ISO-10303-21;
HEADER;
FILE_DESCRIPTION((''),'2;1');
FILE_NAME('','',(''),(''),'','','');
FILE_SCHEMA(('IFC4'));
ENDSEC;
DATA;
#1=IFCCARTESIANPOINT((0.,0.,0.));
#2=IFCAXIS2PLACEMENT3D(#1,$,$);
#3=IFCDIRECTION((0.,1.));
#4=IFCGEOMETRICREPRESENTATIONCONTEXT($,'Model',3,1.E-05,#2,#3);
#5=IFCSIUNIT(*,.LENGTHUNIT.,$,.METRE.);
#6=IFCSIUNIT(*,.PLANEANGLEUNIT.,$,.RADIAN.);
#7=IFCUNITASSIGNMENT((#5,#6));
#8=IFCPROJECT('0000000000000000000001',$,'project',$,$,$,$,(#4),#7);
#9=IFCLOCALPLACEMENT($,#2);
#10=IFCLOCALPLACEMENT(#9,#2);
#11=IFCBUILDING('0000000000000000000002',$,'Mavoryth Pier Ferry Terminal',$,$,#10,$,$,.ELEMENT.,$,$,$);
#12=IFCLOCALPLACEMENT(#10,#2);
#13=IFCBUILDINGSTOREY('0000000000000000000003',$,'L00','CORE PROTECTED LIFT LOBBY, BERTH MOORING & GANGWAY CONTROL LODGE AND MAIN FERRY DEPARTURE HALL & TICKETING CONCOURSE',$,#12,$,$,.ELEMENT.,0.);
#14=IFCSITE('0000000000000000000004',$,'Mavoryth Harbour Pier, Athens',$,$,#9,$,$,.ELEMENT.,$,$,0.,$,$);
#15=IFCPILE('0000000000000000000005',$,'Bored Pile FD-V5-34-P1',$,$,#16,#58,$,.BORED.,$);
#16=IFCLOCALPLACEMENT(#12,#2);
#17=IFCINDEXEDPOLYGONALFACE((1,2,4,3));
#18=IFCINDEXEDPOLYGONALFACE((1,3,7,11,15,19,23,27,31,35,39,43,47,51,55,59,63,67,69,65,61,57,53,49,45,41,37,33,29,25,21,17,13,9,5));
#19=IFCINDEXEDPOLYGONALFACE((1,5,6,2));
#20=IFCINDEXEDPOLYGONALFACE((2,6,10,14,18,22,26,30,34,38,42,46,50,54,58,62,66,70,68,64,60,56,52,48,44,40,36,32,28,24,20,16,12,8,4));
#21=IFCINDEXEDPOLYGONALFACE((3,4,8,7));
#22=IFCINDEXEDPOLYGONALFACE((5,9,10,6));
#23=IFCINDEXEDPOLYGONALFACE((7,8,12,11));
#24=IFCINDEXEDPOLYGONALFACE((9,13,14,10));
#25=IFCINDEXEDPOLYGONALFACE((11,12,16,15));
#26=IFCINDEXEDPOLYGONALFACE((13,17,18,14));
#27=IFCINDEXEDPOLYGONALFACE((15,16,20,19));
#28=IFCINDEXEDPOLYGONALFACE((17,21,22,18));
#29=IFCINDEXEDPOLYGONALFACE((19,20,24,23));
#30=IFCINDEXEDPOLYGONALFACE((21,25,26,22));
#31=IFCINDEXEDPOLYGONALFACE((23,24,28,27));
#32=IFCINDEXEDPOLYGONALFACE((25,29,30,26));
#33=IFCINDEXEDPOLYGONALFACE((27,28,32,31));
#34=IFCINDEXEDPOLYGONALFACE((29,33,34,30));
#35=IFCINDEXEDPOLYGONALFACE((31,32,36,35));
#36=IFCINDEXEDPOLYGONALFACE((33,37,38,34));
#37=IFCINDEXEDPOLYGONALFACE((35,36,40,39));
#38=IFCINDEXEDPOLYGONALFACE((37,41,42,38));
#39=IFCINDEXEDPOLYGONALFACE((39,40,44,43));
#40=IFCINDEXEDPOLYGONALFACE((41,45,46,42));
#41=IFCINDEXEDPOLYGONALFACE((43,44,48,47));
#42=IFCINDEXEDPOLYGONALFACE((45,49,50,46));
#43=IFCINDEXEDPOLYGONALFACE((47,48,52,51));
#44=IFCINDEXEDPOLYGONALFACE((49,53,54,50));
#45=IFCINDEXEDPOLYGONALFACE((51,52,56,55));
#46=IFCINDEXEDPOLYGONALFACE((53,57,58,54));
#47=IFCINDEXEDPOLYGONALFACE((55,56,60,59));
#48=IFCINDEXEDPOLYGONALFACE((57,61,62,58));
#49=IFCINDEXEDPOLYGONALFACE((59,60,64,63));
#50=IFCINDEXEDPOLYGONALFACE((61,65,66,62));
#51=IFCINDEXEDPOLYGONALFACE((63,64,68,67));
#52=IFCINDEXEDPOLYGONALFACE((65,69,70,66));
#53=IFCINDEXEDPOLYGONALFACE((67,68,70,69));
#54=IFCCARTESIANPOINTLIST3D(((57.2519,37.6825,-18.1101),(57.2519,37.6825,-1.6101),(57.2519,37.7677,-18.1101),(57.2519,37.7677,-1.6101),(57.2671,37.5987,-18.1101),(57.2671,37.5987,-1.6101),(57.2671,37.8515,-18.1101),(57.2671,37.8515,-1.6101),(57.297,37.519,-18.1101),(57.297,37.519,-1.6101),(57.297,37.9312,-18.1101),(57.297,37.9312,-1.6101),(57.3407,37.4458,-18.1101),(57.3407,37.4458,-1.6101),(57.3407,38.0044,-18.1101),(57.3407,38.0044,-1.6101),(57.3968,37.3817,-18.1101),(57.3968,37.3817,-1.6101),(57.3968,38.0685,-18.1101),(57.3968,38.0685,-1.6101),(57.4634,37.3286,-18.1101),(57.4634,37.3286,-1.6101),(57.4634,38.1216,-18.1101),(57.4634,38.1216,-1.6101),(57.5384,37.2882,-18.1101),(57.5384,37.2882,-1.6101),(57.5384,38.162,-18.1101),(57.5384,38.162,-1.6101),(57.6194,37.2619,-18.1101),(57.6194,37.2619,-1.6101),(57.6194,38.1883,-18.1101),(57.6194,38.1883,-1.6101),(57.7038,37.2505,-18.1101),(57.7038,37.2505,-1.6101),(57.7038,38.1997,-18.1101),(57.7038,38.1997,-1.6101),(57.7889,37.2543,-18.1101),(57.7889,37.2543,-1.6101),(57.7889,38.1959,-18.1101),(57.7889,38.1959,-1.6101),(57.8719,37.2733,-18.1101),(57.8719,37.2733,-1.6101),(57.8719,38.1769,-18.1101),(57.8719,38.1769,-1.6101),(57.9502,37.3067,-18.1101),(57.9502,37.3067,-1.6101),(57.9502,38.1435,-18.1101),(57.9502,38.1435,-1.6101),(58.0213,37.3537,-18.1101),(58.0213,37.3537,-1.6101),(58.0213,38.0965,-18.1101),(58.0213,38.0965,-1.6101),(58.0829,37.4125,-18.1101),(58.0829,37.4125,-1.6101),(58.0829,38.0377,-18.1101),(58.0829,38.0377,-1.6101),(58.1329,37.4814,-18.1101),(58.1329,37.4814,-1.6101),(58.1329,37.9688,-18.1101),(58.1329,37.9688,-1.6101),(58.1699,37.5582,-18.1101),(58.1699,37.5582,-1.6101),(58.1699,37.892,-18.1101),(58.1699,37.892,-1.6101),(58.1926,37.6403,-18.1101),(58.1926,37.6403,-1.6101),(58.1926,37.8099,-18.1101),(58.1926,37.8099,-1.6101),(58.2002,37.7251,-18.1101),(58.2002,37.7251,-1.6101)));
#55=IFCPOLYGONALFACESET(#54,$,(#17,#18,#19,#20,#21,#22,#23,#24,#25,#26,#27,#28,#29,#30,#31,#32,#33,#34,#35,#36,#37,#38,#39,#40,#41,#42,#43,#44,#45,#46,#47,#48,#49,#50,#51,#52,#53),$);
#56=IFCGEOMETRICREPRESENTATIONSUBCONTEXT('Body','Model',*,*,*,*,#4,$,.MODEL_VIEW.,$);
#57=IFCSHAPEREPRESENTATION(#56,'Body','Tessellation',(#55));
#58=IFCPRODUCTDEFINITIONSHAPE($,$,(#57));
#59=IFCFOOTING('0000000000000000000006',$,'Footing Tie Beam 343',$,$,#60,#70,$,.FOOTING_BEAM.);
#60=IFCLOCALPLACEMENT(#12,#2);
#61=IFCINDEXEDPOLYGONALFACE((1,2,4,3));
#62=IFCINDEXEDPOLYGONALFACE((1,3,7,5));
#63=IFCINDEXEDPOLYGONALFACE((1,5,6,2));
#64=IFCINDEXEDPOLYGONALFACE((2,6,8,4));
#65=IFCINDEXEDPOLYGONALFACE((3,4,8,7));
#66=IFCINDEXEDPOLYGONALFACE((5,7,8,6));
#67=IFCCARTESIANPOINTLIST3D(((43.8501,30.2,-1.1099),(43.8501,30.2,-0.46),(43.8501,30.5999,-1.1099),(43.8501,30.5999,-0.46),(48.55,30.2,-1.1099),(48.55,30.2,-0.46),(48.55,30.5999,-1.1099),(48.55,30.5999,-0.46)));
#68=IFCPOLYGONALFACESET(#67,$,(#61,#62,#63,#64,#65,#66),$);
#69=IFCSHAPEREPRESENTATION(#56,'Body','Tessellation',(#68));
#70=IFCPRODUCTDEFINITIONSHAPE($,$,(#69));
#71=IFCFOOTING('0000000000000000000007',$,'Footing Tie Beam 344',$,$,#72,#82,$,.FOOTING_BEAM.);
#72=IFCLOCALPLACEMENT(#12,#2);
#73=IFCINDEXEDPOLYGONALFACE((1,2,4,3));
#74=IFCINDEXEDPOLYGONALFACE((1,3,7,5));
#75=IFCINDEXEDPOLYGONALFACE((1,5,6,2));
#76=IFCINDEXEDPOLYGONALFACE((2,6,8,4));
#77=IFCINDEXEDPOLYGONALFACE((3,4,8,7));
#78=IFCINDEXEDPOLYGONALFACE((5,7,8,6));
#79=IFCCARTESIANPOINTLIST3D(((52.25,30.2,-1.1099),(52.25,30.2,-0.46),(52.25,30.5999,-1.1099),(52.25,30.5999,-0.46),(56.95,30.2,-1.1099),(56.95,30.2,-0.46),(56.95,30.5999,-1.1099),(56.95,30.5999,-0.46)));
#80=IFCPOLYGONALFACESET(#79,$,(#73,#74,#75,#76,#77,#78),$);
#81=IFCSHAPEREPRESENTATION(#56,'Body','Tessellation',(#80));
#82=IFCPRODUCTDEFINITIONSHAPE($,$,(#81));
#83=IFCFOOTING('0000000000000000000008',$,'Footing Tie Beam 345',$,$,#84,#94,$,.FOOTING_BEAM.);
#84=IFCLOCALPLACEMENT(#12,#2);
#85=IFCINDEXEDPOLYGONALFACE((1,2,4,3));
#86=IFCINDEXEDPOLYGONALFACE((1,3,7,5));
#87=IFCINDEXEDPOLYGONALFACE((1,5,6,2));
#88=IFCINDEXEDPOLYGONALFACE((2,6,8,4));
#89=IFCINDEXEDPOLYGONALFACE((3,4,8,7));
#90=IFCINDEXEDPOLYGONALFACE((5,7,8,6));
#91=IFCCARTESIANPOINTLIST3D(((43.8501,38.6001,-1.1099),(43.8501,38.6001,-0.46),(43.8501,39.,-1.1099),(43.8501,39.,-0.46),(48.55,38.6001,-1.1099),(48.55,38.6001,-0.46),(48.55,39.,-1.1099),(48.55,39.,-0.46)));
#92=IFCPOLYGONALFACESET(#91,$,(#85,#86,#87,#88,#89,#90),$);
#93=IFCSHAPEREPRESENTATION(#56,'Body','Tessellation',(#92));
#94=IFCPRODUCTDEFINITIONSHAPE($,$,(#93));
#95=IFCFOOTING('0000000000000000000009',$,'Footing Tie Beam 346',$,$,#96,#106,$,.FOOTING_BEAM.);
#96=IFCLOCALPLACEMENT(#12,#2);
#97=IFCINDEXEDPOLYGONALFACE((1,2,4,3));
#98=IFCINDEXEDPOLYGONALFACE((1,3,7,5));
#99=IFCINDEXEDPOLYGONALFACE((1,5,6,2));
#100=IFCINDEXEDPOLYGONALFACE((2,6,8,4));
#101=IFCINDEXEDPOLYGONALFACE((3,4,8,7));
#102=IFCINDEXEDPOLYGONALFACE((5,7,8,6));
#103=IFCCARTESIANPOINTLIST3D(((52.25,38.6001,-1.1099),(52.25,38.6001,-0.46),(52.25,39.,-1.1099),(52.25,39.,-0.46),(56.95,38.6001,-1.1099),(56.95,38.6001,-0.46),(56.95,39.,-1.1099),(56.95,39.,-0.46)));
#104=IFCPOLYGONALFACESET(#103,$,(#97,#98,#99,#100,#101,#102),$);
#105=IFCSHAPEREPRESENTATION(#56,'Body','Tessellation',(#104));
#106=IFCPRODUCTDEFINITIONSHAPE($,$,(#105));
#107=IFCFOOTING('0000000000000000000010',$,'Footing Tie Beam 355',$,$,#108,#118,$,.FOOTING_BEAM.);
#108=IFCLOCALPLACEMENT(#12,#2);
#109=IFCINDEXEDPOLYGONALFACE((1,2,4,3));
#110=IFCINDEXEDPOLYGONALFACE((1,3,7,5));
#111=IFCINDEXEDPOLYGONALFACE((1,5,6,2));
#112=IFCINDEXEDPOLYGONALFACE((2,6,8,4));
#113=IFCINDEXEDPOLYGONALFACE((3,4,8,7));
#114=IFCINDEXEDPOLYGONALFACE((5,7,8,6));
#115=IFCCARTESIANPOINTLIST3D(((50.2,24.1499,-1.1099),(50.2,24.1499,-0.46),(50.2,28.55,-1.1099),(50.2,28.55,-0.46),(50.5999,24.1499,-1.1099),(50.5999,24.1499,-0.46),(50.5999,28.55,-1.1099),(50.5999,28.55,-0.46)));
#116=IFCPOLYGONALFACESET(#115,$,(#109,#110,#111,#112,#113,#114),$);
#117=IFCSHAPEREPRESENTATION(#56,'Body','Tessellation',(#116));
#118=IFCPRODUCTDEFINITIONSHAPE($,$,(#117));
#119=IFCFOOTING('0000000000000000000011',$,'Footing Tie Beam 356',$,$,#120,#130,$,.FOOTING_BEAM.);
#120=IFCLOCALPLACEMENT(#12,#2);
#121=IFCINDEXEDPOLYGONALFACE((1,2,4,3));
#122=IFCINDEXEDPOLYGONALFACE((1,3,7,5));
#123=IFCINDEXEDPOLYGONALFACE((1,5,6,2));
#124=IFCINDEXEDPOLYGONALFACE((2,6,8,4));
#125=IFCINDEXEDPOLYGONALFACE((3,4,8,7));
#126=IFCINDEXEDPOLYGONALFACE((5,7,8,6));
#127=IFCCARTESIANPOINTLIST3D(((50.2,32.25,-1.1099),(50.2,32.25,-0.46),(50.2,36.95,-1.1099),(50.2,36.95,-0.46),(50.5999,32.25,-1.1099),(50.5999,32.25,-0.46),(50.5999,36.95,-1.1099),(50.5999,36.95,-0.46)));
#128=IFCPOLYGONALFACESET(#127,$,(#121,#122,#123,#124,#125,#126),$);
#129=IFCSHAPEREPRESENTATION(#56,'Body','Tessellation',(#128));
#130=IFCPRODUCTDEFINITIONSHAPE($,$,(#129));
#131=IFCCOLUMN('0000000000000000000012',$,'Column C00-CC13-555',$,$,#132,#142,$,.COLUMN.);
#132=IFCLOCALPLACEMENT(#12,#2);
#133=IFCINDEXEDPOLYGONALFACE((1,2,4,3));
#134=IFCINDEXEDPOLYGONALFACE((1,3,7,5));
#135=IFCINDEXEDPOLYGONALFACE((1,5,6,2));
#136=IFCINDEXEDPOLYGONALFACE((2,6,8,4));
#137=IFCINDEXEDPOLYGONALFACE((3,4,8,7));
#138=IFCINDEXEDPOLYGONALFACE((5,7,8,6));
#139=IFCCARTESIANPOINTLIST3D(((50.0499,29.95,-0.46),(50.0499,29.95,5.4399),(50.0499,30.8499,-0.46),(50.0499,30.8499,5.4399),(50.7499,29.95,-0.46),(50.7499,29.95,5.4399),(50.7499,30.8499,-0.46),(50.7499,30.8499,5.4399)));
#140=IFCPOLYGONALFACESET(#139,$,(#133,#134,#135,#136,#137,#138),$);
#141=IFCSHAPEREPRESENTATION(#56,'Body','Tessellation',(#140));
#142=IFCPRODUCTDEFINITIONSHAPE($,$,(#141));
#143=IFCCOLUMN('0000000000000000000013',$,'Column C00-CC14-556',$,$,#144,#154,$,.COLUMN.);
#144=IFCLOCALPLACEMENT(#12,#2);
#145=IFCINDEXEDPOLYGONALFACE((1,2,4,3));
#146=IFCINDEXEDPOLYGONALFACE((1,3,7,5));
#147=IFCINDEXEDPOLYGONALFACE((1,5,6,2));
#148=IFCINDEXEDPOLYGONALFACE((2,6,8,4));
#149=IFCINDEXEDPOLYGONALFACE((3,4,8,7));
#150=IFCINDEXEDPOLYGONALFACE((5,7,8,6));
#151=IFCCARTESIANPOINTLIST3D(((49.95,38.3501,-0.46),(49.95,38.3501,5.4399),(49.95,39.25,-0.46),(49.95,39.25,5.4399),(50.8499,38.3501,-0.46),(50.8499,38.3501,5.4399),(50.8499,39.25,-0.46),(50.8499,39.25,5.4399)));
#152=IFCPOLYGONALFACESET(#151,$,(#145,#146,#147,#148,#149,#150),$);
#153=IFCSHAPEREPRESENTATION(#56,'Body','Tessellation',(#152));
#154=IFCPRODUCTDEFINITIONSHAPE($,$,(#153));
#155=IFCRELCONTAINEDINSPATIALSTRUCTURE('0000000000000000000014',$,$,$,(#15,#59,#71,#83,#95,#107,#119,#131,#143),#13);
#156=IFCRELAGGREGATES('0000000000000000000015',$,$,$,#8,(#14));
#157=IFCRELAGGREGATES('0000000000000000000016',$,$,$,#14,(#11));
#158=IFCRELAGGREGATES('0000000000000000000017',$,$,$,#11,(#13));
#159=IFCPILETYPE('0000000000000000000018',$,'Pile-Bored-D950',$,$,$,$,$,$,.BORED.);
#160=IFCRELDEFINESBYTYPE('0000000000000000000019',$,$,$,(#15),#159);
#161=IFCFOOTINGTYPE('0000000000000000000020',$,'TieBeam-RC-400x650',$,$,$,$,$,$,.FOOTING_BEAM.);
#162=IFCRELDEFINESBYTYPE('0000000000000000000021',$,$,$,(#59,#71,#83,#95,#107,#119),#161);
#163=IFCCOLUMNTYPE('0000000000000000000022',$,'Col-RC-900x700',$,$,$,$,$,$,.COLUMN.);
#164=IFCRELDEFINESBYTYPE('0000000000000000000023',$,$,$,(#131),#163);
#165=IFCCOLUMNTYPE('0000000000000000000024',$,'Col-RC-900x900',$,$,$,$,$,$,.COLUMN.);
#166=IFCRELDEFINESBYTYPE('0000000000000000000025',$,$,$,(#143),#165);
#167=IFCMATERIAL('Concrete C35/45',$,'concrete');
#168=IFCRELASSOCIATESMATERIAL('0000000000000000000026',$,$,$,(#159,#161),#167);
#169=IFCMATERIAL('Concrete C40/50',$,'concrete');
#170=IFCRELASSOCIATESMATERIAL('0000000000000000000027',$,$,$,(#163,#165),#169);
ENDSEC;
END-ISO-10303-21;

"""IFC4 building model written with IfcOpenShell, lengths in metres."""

from ifc_helpers import new_model, si_unit, direction, frame, origin, origin_2d, place, context, subcontext, project, spatial, rectangle, circle, extrude, material, material_profile, profile_set, type_object, element, save


model = new_model("IFC4")

# Units and contexts
model_context = context("Model", 3, precision=1e-05, world=origin(), true_north=direction((0.0, 1.0)))
body_context = subcontext(model_context, "Body", "Model", "MODEL_VIEW")
ifc_project = project(units=[si_unit("LENGTHUNIT", "METRE"), si_unit("PLANEANGLEUNIT", "RADIAN")], contexts=[model_context])

# Site, building, storey
site_placement = place(None, origin())
site = spatial("IfcSite", under=ifc_project, at=site_placement, Name="Mavoryth Harbour Pier, Athens", CompositionType="ELEMENT", RefElevation=0.0)
building_placement = place(site_placement, origin())
building = spatial("IfcBuilding", under=site, at=building_placement, Name="Mavoryth Pier Ferry Terminal", CompositionType="ELEMENT")
storey_placement = place(building_placement, origin())
storey = spatial("IfcBuildingStorey", under=building, at=storey_placement, Name="L00", Description="CORE PROTECTED LIFT LOBBY, BERTH MOORING & GANGWAY CONTROL LODGE AND MAIN FERRY DEPARTURE HALL & TICKETING CONCOURSE", CompositionType="ELEMENT", Elevation=0.0)

# Shared definitions
ifc_material_1 = material(Name="Concrete C35/45", Category="concrete")

# Pile
ifc_material_profile_1 = material_profile(ifc_material_1, circle(Radius=0.4751, at=origin_2d()), Name="PILE D950", Category="concrete")
ifc_profile_set_1 = profile_set([ifc_material_profile_1], Name="Concrete C35/45 - PILE D950")
pile_type_1 = type_object("IfcPileType", Name="Pile-Bored-D950", PredefinedType="BORED", material=ifc_profile_set_1)
for number, where, z_axis, x_axis, name in (
    (1, (57.7251, 37.7251, -1.6101), (0.0, 0.0, -1.0), (1.0, 0.0, 0.0), "Bored Pile FD-V5-34-P1"),
):
    element("IfcPile", number, at=place(storey_placement, frame(where, z_axis=z_axis, x_axis=x_axis)), inside=storey, type_object=pile_type_1, Name=name, PredefinedType="BORED", context=body_context, shape_type="SweptSolid", body=[
        extrude(circle(Radius=0.4751, at=origin_2d()), origin(), (0.0, 0.0, 1.0), 16.5),
    ])

# Footings
ifc_material_profile_2 = material_profile(ifc_material_1, rectangle(XDim=0.3999, YDim=0.6499, at=origin_2d()), Name="RC 400x650", Category="concrete")
ifc_profile_set_2 = profile_set([ifc_material_profile_2], Name="Concrete C35/45 - RC 400x650")
footing_type_1 = type_object("IfcFootingType", Name="TieBeam-RC-400x650", PredefinedType="FOOTING_BEAM", material=ifc_profile_set_2)
for number, where, z_axis, x_axis, name in (
    (2, (43.8501, 30.3999, -0.7849), (1.0, 0.0, 0.0), (0.0, 1.0, 0.0), "Footing Tie Beam 343"),
    (3, (52.25, 30.3999, -0.7849), (1.0, 0.0, 0.0), (0.0, 1.0, 0.0), "Footing Tie Beam 344"),
    (4, (43.8501, 38.8, -0.7849), (1.0, 0.0, 0.0), (0.0, 1.0, 0.0), "Footing Tie Beam 345"),
    (5, (52.25, 38.8, -0.7849), (1.0, 0.0, 0.0), (0.0, 1.0, 0.0), "Footing Tie Beam 346"),
):
    element("IfcFooting", number, at=place(storey_placement, frame(where, z_axis=z_axis, x_axis=x_axis)), inside=storey, type_object=footing_type_1, Name=name, PredefinedType="FOOTING_BEAM", context=body_context, shape_type="SweptSolid", body=[
        extrude(rectangle(XDim=0.3999, YDim=0.6499, at=origin_2d()), origin(), (0.0, 0.0, 1.0), 4.7),
    ])
footing_1_placement = place(storey_placement, frame((50.3999, 24.1499, -0.7849), z_axis=(0.0, 1.0, 0.0), x_axis=(-1.0, 0.0, 0.0)))
element("IfcFooting", 6, at=footing_1_placement, inside=storey, type_object=footing_type_1, Name="Footing Tie Beam 355", PredefinedType="FOOTING_BEAM", context=body_context, shape_type="SweptSolid", body=[
    extrude(rectangle(XDim=0.3999, YDim=0.6499, at=origin_2d()), origin(), (0.0, 0.0, 1.0), 4.4001),
])
footing_2_placement = place(storey_placement, frame((50.3999, 32.25, -0.7849), z_axis=(0.0, 1.0, 0.0), x_axis=(-1.0, 0.0, 0.0)))
element("IfcFooting", 7, at=footing_2_placement, inside=storey, type_object=footing_type_1, Name="Footing Tie Beam 356", PredefinedType="FOOTING_BEAM", context=body_context, shape_type="SweptSolid", body=[
    extrude(rectangle(XDim=0.3999, YDim=0.6499, at=origin_2d()), origin(), (0.0, 0.0, 1.0), 4.7),
])

# Columns
ifc_material_2 = material(Name="Concrete C40/50", Category="concrete")
ifc_material_profile_3 = material_profile(ifc_material_2, rectangle(XDim=0.7, YDim=0.8999, at=origin_2d()), Name="RC 900x700", Category="concrete")
ifc_profile_set_3 = profile_set([ifc_material_profile_3], Name="Concrete C40/50 - RC 900x700")
column_type_1 = type_object("IfcColumnType", Name="Col-RC-900x700", PredefinedType="COLUMN", material=ifc_profile_set_3)
column_1_placement = place(storey_placement, frame((50.3999, 30.3999, -0.46), z_axis=(0.0, 0.0, 1.0), x_axis=(1.0, 0.0, 0.0)))
element("IfcColumn", 8, at=column_1_placement, inside=storey, type_object=column_type_1, Name="Column C00-CC13-555", PredefinedType="COLUMN", context=body_context, shape_type="SweptSolid", body=[
    extrude(rectangle(XDim=0.7, YDim=0.8999, at=origin_2d()), origin(), (0.0, 0.0, 1.0), 5.8999),
])
ifc_material_profile_4 = material_profile(ifc_material_2, rectangle(XDim=0.8999, YDim=0.8999, at=origin_2d()), Name="RC 900x900", Category="concrete")
ifc_profile_set_4 = profile_set([ifc_material_profile_4], Name="Concrete C40/50 - RC 900x900")
column_type_2 = type_object("IfcColumnType", Name="Col-RC-900x900", PredefinedType="COLUMN", material=ifc_profile_set_4)
column_2_placement = place(storey_placement, frame((50.3999, 38.8, -0.46), z_axis=(0.0, 0.0, 1.0), x_axis=(1.0, 0.0, 0.0)))
element("IfcColumn", 9, at=column_2_placement, inside=storey, type_object=column_type_2, Name="Column C00-CC14-556", PredefinedType="COLUMN", context=body_context, shape_type="SweptSolid", body=[
    extrude(rectangle(XDim=0.8999, YDim=0.8999, at=origin_2d()), origin(), (0.0, 0.0, 1.0), 5.8999),
])

save(model, "model.ifc")
